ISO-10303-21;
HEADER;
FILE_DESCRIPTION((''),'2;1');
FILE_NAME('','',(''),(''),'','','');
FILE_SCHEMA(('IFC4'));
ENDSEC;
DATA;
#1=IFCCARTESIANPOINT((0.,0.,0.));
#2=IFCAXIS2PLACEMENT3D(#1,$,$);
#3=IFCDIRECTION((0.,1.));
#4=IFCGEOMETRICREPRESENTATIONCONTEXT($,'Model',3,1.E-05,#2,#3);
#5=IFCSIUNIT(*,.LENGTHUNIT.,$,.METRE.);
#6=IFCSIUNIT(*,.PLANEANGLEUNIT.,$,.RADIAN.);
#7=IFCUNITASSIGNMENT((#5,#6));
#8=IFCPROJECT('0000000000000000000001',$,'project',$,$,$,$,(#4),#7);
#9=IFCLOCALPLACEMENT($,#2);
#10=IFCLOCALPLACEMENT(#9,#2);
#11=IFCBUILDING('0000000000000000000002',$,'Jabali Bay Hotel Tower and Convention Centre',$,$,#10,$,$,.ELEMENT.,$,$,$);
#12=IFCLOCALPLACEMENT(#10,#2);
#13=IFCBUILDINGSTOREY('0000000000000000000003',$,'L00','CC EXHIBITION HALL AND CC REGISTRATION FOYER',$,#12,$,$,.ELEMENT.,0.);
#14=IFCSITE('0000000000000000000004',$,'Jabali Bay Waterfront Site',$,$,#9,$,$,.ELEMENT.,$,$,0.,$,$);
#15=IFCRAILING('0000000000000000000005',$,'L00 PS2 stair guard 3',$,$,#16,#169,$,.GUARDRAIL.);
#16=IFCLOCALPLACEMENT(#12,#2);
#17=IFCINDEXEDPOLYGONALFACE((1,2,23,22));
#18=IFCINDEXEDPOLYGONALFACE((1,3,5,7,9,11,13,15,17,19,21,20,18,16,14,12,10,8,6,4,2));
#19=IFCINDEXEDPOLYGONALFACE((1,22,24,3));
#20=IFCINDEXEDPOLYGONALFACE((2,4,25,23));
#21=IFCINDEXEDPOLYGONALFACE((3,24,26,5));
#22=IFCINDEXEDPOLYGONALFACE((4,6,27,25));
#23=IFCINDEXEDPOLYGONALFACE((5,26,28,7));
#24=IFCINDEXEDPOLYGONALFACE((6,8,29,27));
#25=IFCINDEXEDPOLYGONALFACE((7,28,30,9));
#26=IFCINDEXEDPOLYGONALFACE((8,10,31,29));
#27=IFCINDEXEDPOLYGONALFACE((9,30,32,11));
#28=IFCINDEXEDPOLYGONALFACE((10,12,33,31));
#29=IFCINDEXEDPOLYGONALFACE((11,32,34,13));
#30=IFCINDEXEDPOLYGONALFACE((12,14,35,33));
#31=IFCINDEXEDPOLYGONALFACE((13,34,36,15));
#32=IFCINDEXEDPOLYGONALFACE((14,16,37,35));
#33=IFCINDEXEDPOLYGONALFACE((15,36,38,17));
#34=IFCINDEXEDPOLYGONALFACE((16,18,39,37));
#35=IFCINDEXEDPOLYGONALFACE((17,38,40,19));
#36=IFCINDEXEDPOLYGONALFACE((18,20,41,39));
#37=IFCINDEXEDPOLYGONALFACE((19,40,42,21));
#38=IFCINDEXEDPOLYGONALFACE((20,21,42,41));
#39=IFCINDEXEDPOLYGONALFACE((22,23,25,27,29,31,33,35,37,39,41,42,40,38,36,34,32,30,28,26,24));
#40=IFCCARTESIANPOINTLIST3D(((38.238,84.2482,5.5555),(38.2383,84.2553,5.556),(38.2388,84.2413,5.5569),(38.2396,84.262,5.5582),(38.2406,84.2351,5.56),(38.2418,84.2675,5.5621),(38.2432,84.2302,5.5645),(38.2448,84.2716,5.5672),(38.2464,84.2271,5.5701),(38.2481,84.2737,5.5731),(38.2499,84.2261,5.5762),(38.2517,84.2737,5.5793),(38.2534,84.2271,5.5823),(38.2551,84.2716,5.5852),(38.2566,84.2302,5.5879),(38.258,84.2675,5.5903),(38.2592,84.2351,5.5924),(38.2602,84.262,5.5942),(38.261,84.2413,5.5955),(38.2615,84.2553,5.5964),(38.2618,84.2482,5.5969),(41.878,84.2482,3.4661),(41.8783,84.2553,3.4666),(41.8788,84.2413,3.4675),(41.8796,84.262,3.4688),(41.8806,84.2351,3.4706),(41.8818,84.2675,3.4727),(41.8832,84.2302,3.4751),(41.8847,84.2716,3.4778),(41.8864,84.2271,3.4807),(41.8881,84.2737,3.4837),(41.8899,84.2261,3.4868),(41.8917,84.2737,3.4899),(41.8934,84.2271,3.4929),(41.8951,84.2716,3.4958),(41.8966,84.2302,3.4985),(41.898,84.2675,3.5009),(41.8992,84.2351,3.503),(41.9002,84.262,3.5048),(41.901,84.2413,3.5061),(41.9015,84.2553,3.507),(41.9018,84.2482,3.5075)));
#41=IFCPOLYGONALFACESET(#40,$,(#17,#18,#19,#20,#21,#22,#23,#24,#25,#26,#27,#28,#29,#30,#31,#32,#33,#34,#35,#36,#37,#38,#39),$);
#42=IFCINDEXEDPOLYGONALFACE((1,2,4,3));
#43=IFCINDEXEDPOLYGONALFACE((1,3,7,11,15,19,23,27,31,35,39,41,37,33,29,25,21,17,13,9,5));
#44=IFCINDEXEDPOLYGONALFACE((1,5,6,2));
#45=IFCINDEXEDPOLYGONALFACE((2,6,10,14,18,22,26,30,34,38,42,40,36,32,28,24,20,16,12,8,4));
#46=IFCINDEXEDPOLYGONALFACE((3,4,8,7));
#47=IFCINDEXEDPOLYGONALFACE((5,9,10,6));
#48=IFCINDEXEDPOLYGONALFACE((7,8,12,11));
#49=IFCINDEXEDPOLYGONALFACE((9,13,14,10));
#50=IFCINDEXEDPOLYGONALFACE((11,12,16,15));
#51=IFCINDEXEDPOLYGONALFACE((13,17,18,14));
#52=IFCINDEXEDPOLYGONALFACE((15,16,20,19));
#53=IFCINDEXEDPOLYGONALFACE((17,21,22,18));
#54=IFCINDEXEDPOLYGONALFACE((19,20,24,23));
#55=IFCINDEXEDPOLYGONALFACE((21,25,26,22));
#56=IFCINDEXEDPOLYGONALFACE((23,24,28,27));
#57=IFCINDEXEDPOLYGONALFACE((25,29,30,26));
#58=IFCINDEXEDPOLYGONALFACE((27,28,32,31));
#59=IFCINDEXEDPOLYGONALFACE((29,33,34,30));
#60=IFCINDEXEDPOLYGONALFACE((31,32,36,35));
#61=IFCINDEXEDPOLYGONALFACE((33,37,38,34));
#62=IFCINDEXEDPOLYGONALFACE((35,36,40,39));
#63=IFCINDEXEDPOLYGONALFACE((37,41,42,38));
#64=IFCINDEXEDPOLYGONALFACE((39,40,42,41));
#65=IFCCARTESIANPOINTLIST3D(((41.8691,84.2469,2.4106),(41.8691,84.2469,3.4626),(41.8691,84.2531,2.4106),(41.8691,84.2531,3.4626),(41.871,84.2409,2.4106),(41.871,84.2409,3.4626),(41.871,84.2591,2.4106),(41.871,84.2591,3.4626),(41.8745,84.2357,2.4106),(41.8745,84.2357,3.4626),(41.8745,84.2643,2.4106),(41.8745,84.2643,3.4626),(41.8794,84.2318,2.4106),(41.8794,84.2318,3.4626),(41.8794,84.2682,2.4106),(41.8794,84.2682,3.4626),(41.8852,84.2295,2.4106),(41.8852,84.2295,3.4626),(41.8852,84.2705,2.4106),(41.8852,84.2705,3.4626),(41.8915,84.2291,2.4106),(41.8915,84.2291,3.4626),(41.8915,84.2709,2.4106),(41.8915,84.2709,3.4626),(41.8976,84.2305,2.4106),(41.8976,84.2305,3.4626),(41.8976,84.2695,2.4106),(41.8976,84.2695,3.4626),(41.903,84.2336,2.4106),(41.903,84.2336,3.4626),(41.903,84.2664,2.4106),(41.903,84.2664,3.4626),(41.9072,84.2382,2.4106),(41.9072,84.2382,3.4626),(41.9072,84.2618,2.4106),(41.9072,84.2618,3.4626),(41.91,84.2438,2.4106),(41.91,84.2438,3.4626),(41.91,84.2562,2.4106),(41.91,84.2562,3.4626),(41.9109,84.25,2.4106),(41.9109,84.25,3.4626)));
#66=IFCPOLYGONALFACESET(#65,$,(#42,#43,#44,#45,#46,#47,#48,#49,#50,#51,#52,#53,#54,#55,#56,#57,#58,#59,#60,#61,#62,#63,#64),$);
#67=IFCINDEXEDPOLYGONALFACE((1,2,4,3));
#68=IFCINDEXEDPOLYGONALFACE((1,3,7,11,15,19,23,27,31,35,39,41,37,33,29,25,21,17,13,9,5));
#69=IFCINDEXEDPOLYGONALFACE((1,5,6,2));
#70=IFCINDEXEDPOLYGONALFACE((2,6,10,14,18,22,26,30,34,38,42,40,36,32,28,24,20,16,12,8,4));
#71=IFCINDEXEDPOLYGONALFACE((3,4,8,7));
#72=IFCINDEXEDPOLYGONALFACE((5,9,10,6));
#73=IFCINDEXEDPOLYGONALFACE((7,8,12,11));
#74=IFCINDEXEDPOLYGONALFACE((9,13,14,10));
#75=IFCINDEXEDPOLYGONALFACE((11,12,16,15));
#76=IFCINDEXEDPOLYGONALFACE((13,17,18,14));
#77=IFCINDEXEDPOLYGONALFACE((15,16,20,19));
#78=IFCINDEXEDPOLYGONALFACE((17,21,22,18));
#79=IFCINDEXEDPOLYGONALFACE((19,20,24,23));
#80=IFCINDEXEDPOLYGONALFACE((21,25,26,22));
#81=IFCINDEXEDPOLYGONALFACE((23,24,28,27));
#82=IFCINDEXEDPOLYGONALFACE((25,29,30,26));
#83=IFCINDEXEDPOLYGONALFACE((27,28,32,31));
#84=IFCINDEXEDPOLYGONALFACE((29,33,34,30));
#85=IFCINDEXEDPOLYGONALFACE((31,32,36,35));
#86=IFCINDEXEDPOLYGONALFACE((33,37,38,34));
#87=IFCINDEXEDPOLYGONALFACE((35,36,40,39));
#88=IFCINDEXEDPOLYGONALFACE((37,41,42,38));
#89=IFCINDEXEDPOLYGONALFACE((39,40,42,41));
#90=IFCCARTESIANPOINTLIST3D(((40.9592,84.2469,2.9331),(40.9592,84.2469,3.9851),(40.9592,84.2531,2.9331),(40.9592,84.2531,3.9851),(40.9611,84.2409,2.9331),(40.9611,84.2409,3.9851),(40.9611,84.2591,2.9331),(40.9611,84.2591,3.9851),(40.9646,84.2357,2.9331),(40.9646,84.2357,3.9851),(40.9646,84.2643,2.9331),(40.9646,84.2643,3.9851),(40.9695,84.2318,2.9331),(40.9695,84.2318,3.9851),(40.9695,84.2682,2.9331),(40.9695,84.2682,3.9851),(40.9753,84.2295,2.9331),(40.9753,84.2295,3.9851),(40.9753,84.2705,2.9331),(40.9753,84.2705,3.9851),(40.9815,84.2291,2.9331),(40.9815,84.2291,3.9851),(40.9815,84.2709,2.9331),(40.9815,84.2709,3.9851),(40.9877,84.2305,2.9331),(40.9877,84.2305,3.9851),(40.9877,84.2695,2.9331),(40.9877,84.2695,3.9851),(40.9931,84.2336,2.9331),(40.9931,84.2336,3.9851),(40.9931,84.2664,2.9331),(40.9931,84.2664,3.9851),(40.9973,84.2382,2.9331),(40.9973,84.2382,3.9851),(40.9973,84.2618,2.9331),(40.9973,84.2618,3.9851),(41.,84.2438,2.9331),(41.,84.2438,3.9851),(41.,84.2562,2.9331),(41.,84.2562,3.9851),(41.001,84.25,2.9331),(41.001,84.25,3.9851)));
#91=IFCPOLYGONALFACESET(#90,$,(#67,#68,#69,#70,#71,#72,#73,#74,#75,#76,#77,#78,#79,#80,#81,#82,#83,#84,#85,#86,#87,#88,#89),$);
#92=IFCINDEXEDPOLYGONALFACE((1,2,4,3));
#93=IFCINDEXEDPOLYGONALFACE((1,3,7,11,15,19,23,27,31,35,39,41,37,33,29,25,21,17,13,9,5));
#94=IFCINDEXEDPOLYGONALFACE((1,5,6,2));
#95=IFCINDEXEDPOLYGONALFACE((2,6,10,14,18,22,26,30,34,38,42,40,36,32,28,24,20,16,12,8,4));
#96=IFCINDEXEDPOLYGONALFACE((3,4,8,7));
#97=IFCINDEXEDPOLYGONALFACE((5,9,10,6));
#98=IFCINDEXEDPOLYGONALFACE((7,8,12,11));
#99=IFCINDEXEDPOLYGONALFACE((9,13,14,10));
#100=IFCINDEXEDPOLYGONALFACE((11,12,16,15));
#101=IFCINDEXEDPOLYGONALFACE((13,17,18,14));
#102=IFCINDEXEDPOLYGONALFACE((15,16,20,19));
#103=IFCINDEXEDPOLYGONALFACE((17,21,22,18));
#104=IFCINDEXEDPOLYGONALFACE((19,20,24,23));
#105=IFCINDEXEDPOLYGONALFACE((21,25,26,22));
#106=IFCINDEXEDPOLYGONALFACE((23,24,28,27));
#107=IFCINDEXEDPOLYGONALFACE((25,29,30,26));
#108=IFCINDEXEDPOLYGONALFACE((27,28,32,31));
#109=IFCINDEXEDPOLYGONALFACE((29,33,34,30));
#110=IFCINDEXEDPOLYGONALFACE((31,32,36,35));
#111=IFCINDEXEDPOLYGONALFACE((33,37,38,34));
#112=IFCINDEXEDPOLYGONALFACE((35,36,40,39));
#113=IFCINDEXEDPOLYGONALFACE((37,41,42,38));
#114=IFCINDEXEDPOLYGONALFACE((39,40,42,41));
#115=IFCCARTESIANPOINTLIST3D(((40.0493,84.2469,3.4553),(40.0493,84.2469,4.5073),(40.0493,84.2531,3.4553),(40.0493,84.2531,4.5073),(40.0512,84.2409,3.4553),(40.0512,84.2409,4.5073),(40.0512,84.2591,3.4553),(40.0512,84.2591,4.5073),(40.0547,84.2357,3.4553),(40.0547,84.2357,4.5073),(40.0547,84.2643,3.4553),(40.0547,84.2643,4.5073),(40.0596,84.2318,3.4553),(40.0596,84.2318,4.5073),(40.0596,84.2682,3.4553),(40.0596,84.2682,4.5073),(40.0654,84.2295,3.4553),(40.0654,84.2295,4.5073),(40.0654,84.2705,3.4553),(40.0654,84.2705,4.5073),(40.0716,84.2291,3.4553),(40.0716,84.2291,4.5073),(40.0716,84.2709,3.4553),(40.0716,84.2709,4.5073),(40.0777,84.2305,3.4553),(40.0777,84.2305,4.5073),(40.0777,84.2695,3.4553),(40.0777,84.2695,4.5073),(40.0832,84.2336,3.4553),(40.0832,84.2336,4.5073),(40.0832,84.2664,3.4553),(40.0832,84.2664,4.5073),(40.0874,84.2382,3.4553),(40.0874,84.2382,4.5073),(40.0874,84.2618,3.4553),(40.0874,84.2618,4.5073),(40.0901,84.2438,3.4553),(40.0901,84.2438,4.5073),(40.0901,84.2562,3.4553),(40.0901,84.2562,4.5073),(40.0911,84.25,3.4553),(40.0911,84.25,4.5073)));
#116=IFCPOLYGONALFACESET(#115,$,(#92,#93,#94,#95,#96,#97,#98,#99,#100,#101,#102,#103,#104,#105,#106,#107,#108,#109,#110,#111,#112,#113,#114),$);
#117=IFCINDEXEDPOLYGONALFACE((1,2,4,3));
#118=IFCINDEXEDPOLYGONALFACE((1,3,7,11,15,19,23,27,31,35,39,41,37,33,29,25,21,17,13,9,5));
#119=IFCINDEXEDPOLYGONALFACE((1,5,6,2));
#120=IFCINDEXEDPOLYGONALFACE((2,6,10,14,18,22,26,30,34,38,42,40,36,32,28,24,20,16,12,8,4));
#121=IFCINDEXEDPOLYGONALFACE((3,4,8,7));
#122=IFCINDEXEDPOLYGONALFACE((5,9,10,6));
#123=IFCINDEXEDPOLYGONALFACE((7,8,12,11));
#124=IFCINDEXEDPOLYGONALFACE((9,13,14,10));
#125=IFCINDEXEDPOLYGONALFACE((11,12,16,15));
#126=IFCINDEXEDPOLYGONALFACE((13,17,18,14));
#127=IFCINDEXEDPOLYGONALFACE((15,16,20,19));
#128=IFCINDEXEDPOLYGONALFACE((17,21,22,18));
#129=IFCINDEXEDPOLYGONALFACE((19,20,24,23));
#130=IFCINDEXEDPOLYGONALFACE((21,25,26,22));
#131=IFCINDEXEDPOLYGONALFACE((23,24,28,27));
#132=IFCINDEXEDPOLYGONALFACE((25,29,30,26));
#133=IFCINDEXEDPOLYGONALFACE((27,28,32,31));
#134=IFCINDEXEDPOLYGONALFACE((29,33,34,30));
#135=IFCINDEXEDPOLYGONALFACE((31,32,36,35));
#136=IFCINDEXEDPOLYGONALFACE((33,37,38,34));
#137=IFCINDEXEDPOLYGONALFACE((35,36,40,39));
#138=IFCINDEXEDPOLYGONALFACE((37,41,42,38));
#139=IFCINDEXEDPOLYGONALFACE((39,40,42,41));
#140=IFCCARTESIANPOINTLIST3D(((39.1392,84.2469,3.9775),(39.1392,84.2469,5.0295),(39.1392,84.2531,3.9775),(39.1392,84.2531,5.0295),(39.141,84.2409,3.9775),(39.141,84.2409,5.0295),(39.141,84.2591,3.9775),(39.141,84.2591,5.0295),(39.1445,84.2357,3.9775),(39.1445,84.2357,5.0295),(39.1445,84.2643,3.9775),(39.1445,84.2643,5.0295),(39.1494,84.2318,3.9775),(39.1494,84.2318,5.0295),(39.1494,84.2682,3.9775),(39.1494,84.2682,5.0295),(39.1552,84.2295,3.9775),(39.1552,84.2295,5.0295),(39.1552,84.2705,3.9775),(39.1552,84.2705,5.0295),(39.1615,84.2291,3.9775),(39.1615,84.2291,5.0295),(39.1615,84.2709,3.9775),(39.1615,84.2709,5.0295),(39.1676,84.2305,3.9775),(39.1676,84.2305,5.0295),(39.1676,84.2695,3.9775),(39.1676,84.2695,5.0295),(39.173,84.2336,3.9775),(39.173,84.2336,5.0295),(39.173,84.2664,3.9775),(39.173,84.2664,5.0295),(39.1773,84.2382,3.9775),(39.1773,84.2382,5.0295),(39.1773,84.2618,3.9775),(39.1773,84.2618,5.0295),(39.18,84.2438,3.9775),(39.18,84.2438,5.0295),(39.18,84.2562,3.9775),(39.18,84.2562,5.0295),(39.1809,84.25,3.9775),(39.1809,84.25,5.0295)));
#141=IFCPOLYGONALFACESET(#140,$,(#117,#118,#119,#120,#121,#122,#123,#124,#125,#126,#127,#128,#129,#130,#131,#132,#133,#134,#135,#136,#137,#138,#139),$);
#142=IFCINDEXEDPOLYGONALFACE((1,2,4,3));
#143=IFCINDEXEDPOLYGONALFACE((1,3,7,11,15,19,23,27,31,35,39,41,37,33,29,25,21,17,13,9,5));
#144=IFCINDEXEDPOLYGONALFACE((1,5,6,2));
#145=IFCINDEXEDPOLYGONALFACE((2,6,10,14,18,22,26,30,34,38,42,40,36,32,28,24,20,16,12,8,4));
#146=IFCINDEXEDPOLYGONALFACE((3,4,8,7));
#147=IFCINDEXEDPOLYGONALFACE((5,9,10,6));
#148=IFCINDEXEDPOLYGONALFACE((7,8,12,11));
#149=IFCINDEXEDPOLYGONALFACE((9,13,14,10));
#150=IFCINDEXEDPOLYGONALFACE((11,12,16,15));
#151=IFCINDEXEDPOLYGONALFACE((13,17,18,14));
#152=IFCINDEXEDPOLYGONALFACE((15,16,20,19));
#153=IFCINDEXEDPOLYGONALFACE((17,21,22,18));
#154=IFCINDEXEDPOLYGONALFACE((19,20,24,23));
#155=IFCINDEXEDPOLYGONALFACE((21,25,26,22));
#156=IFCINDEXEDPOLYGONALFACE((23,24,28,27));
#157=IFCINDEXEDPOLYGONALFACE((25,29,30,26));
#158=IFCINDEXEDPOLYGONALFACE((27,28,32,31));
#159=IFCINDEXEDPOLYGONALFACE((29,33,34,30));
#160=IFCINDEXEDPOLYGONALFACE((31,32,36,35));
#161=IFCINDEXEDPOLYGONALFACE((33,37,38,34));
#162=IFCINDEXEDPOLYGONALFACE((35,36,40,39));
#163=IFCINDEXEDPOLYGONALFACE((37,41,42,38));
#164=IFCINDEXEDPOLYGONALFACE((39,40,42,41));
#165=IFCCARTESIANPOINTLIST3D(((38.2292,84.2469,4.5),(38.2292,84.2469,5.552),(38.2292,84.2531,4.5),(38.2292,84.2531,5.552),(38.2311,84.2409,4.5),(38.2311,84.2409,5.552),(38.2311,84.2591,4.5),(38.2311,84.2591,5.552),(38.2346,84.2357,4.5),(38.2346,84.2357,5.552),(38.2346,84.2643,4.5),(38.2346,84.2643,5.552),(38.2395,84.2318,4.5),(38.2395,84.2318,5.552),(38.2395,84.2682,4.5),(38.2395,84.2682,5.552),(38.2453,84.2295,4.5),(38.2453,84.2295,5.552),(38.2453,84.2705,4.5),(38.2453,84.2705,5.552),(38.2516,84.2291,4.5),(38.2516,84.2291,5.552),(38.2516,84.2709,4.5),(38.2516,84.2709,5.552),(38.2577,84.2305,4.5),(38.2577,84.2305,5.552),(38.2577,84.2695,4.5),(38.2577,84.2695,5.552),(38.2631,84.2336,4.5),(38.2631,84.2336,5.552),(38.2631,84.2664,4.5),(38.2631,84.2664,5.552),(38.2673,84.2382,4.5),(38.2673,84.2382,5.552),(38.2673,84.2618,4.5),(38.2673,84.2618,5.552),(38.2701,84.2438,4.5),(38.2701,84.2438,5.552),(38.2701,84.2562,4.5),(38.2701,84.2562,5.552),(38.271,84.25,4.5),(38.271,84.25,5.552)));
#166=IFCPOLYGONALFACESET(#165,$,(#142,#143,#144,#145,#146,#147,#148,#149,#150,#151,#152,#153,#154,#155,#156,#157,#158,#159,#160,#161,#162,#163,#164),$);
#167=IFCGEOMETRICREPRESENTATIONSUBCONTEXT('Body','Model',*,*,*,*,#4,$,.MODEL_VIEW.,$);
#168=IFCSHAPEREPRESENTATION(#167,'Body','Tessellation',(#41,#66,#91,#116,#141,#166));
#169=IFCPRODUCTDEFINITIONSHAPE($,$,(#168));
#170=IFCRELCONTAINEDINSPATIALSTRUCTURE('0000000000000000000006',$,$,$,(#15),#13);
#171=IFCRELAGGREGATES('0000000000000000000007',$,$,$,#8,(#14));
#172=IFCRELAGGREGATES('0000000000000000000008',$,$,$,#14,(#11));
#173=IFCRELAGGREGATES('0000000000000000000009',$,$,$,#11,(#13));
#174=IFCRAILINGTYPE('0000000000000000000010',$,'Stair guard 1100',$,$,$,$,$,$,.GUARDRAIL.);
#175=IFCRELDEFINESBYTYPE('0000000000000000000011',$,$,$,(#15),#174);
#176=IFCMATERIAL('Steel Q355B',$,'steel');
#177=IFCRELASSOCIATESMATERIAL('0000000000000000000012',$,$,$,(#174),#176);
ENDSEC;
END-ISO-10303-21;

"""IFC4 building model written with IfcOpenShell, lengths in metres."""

from ifc_helpers import new_model, si_unit, direction, frame, origin, origin_2d, place, context, subcontext, project, spatial, circle, extrude, material, type_object, element, save


model = new_model("IFC4")

# Units and contexts
model_context = context("Model", 3, precision=1e-05, world=origin(), true_north=direction((0.0, 1.0)))
body_context = subcontext(model_context, "Body", "Model", "MODEL_VIEW")
ifc_project = project(units=[si_unit("LENGTHUNIT", "METRE"), si_unit("PLANEANGLEUNIT", "RADIAN")], contexts=[model_context])

# Site, building, storey
site_placement = place(None, origin())
site = spatial("IfcSite", under=ifc_project, at=site_placement, Name="Jabali Bay Waterfront Site", CompositionType="ELEMENT", RefElevation=0.0)
building_placement = place(site_placement, origin())
building = spatial("IfcBuilding", under=site, at=building_placement, Name="Jabali Bay Hotel Tower and Convention Centre", CompositionType="ELEMENT")
storey_placement = place(building_placement, origin())
storey = spatial("IfcBuildingStorey", under=building, at=storey_placement, Name="L00", Description="CC EXHIBITION HALL AND CC REGISTRATION FOYER", CompositionType="ELEMENT", Elevation=0.0)

# Railing
ifc_material_1 = material(Name="Steel Q355B", Category="steel")
railing_type_1 = type_object("IfcRailingType", Name="Stair guard 1100", PredefinedType="GUARDRAIL", material=ifc_material_1)
railing_1_placement = place(storey_placement, frame((41.8899, 84.25, 2.4106)))
element("IfcRailing", 1, at=railing_1_placement, inside=storey, type_object=railing_type_1, Name="L00 PS2 stair guard 3", PredefinedType="GUARDRAIL", context=body_context, shape_type="SweptSolid", body=[
    extrude(circle(Radius=0.0239, at=origin_2d()), frame((0.0, 0.0, 1.0762), z_axis=(-0.867275, 0.0, 0.497829), x_axis=(0.0, -1.0, 0.0)), (0.0, 0.0, 1.0), 4.197),
    extrude(circle(Radius=0.021, at=origin_2d()), origin(), (0.0, 0.0, 1.0), 1.052),
    extrude(circle(Radius=0.021, at=origin_2d()), frame((-0.9099, 0.0, 0.5225)), (0.0, 0.0, 1.0), 1.052),
    extrude(circle(Radius=0.021, at=origin_2d()), frame((-1.8198, 0.0, 1.0447)), (0.0, 0.0, 1.0), 1.052),
    extrude(circle(Radius=0.021, at=origin_2d()), frame((-2.73, 0.0, 1.5669)), (0.0, 0.0, 1.0), 1.052),
    extrude(circle(Radius=0.021, at=origin_2d()), frame((-3.6399, 0.0, 2.0894)), (0.0, 0.0, 1.0), 1.052),
])

save(model, "model.ifc")
